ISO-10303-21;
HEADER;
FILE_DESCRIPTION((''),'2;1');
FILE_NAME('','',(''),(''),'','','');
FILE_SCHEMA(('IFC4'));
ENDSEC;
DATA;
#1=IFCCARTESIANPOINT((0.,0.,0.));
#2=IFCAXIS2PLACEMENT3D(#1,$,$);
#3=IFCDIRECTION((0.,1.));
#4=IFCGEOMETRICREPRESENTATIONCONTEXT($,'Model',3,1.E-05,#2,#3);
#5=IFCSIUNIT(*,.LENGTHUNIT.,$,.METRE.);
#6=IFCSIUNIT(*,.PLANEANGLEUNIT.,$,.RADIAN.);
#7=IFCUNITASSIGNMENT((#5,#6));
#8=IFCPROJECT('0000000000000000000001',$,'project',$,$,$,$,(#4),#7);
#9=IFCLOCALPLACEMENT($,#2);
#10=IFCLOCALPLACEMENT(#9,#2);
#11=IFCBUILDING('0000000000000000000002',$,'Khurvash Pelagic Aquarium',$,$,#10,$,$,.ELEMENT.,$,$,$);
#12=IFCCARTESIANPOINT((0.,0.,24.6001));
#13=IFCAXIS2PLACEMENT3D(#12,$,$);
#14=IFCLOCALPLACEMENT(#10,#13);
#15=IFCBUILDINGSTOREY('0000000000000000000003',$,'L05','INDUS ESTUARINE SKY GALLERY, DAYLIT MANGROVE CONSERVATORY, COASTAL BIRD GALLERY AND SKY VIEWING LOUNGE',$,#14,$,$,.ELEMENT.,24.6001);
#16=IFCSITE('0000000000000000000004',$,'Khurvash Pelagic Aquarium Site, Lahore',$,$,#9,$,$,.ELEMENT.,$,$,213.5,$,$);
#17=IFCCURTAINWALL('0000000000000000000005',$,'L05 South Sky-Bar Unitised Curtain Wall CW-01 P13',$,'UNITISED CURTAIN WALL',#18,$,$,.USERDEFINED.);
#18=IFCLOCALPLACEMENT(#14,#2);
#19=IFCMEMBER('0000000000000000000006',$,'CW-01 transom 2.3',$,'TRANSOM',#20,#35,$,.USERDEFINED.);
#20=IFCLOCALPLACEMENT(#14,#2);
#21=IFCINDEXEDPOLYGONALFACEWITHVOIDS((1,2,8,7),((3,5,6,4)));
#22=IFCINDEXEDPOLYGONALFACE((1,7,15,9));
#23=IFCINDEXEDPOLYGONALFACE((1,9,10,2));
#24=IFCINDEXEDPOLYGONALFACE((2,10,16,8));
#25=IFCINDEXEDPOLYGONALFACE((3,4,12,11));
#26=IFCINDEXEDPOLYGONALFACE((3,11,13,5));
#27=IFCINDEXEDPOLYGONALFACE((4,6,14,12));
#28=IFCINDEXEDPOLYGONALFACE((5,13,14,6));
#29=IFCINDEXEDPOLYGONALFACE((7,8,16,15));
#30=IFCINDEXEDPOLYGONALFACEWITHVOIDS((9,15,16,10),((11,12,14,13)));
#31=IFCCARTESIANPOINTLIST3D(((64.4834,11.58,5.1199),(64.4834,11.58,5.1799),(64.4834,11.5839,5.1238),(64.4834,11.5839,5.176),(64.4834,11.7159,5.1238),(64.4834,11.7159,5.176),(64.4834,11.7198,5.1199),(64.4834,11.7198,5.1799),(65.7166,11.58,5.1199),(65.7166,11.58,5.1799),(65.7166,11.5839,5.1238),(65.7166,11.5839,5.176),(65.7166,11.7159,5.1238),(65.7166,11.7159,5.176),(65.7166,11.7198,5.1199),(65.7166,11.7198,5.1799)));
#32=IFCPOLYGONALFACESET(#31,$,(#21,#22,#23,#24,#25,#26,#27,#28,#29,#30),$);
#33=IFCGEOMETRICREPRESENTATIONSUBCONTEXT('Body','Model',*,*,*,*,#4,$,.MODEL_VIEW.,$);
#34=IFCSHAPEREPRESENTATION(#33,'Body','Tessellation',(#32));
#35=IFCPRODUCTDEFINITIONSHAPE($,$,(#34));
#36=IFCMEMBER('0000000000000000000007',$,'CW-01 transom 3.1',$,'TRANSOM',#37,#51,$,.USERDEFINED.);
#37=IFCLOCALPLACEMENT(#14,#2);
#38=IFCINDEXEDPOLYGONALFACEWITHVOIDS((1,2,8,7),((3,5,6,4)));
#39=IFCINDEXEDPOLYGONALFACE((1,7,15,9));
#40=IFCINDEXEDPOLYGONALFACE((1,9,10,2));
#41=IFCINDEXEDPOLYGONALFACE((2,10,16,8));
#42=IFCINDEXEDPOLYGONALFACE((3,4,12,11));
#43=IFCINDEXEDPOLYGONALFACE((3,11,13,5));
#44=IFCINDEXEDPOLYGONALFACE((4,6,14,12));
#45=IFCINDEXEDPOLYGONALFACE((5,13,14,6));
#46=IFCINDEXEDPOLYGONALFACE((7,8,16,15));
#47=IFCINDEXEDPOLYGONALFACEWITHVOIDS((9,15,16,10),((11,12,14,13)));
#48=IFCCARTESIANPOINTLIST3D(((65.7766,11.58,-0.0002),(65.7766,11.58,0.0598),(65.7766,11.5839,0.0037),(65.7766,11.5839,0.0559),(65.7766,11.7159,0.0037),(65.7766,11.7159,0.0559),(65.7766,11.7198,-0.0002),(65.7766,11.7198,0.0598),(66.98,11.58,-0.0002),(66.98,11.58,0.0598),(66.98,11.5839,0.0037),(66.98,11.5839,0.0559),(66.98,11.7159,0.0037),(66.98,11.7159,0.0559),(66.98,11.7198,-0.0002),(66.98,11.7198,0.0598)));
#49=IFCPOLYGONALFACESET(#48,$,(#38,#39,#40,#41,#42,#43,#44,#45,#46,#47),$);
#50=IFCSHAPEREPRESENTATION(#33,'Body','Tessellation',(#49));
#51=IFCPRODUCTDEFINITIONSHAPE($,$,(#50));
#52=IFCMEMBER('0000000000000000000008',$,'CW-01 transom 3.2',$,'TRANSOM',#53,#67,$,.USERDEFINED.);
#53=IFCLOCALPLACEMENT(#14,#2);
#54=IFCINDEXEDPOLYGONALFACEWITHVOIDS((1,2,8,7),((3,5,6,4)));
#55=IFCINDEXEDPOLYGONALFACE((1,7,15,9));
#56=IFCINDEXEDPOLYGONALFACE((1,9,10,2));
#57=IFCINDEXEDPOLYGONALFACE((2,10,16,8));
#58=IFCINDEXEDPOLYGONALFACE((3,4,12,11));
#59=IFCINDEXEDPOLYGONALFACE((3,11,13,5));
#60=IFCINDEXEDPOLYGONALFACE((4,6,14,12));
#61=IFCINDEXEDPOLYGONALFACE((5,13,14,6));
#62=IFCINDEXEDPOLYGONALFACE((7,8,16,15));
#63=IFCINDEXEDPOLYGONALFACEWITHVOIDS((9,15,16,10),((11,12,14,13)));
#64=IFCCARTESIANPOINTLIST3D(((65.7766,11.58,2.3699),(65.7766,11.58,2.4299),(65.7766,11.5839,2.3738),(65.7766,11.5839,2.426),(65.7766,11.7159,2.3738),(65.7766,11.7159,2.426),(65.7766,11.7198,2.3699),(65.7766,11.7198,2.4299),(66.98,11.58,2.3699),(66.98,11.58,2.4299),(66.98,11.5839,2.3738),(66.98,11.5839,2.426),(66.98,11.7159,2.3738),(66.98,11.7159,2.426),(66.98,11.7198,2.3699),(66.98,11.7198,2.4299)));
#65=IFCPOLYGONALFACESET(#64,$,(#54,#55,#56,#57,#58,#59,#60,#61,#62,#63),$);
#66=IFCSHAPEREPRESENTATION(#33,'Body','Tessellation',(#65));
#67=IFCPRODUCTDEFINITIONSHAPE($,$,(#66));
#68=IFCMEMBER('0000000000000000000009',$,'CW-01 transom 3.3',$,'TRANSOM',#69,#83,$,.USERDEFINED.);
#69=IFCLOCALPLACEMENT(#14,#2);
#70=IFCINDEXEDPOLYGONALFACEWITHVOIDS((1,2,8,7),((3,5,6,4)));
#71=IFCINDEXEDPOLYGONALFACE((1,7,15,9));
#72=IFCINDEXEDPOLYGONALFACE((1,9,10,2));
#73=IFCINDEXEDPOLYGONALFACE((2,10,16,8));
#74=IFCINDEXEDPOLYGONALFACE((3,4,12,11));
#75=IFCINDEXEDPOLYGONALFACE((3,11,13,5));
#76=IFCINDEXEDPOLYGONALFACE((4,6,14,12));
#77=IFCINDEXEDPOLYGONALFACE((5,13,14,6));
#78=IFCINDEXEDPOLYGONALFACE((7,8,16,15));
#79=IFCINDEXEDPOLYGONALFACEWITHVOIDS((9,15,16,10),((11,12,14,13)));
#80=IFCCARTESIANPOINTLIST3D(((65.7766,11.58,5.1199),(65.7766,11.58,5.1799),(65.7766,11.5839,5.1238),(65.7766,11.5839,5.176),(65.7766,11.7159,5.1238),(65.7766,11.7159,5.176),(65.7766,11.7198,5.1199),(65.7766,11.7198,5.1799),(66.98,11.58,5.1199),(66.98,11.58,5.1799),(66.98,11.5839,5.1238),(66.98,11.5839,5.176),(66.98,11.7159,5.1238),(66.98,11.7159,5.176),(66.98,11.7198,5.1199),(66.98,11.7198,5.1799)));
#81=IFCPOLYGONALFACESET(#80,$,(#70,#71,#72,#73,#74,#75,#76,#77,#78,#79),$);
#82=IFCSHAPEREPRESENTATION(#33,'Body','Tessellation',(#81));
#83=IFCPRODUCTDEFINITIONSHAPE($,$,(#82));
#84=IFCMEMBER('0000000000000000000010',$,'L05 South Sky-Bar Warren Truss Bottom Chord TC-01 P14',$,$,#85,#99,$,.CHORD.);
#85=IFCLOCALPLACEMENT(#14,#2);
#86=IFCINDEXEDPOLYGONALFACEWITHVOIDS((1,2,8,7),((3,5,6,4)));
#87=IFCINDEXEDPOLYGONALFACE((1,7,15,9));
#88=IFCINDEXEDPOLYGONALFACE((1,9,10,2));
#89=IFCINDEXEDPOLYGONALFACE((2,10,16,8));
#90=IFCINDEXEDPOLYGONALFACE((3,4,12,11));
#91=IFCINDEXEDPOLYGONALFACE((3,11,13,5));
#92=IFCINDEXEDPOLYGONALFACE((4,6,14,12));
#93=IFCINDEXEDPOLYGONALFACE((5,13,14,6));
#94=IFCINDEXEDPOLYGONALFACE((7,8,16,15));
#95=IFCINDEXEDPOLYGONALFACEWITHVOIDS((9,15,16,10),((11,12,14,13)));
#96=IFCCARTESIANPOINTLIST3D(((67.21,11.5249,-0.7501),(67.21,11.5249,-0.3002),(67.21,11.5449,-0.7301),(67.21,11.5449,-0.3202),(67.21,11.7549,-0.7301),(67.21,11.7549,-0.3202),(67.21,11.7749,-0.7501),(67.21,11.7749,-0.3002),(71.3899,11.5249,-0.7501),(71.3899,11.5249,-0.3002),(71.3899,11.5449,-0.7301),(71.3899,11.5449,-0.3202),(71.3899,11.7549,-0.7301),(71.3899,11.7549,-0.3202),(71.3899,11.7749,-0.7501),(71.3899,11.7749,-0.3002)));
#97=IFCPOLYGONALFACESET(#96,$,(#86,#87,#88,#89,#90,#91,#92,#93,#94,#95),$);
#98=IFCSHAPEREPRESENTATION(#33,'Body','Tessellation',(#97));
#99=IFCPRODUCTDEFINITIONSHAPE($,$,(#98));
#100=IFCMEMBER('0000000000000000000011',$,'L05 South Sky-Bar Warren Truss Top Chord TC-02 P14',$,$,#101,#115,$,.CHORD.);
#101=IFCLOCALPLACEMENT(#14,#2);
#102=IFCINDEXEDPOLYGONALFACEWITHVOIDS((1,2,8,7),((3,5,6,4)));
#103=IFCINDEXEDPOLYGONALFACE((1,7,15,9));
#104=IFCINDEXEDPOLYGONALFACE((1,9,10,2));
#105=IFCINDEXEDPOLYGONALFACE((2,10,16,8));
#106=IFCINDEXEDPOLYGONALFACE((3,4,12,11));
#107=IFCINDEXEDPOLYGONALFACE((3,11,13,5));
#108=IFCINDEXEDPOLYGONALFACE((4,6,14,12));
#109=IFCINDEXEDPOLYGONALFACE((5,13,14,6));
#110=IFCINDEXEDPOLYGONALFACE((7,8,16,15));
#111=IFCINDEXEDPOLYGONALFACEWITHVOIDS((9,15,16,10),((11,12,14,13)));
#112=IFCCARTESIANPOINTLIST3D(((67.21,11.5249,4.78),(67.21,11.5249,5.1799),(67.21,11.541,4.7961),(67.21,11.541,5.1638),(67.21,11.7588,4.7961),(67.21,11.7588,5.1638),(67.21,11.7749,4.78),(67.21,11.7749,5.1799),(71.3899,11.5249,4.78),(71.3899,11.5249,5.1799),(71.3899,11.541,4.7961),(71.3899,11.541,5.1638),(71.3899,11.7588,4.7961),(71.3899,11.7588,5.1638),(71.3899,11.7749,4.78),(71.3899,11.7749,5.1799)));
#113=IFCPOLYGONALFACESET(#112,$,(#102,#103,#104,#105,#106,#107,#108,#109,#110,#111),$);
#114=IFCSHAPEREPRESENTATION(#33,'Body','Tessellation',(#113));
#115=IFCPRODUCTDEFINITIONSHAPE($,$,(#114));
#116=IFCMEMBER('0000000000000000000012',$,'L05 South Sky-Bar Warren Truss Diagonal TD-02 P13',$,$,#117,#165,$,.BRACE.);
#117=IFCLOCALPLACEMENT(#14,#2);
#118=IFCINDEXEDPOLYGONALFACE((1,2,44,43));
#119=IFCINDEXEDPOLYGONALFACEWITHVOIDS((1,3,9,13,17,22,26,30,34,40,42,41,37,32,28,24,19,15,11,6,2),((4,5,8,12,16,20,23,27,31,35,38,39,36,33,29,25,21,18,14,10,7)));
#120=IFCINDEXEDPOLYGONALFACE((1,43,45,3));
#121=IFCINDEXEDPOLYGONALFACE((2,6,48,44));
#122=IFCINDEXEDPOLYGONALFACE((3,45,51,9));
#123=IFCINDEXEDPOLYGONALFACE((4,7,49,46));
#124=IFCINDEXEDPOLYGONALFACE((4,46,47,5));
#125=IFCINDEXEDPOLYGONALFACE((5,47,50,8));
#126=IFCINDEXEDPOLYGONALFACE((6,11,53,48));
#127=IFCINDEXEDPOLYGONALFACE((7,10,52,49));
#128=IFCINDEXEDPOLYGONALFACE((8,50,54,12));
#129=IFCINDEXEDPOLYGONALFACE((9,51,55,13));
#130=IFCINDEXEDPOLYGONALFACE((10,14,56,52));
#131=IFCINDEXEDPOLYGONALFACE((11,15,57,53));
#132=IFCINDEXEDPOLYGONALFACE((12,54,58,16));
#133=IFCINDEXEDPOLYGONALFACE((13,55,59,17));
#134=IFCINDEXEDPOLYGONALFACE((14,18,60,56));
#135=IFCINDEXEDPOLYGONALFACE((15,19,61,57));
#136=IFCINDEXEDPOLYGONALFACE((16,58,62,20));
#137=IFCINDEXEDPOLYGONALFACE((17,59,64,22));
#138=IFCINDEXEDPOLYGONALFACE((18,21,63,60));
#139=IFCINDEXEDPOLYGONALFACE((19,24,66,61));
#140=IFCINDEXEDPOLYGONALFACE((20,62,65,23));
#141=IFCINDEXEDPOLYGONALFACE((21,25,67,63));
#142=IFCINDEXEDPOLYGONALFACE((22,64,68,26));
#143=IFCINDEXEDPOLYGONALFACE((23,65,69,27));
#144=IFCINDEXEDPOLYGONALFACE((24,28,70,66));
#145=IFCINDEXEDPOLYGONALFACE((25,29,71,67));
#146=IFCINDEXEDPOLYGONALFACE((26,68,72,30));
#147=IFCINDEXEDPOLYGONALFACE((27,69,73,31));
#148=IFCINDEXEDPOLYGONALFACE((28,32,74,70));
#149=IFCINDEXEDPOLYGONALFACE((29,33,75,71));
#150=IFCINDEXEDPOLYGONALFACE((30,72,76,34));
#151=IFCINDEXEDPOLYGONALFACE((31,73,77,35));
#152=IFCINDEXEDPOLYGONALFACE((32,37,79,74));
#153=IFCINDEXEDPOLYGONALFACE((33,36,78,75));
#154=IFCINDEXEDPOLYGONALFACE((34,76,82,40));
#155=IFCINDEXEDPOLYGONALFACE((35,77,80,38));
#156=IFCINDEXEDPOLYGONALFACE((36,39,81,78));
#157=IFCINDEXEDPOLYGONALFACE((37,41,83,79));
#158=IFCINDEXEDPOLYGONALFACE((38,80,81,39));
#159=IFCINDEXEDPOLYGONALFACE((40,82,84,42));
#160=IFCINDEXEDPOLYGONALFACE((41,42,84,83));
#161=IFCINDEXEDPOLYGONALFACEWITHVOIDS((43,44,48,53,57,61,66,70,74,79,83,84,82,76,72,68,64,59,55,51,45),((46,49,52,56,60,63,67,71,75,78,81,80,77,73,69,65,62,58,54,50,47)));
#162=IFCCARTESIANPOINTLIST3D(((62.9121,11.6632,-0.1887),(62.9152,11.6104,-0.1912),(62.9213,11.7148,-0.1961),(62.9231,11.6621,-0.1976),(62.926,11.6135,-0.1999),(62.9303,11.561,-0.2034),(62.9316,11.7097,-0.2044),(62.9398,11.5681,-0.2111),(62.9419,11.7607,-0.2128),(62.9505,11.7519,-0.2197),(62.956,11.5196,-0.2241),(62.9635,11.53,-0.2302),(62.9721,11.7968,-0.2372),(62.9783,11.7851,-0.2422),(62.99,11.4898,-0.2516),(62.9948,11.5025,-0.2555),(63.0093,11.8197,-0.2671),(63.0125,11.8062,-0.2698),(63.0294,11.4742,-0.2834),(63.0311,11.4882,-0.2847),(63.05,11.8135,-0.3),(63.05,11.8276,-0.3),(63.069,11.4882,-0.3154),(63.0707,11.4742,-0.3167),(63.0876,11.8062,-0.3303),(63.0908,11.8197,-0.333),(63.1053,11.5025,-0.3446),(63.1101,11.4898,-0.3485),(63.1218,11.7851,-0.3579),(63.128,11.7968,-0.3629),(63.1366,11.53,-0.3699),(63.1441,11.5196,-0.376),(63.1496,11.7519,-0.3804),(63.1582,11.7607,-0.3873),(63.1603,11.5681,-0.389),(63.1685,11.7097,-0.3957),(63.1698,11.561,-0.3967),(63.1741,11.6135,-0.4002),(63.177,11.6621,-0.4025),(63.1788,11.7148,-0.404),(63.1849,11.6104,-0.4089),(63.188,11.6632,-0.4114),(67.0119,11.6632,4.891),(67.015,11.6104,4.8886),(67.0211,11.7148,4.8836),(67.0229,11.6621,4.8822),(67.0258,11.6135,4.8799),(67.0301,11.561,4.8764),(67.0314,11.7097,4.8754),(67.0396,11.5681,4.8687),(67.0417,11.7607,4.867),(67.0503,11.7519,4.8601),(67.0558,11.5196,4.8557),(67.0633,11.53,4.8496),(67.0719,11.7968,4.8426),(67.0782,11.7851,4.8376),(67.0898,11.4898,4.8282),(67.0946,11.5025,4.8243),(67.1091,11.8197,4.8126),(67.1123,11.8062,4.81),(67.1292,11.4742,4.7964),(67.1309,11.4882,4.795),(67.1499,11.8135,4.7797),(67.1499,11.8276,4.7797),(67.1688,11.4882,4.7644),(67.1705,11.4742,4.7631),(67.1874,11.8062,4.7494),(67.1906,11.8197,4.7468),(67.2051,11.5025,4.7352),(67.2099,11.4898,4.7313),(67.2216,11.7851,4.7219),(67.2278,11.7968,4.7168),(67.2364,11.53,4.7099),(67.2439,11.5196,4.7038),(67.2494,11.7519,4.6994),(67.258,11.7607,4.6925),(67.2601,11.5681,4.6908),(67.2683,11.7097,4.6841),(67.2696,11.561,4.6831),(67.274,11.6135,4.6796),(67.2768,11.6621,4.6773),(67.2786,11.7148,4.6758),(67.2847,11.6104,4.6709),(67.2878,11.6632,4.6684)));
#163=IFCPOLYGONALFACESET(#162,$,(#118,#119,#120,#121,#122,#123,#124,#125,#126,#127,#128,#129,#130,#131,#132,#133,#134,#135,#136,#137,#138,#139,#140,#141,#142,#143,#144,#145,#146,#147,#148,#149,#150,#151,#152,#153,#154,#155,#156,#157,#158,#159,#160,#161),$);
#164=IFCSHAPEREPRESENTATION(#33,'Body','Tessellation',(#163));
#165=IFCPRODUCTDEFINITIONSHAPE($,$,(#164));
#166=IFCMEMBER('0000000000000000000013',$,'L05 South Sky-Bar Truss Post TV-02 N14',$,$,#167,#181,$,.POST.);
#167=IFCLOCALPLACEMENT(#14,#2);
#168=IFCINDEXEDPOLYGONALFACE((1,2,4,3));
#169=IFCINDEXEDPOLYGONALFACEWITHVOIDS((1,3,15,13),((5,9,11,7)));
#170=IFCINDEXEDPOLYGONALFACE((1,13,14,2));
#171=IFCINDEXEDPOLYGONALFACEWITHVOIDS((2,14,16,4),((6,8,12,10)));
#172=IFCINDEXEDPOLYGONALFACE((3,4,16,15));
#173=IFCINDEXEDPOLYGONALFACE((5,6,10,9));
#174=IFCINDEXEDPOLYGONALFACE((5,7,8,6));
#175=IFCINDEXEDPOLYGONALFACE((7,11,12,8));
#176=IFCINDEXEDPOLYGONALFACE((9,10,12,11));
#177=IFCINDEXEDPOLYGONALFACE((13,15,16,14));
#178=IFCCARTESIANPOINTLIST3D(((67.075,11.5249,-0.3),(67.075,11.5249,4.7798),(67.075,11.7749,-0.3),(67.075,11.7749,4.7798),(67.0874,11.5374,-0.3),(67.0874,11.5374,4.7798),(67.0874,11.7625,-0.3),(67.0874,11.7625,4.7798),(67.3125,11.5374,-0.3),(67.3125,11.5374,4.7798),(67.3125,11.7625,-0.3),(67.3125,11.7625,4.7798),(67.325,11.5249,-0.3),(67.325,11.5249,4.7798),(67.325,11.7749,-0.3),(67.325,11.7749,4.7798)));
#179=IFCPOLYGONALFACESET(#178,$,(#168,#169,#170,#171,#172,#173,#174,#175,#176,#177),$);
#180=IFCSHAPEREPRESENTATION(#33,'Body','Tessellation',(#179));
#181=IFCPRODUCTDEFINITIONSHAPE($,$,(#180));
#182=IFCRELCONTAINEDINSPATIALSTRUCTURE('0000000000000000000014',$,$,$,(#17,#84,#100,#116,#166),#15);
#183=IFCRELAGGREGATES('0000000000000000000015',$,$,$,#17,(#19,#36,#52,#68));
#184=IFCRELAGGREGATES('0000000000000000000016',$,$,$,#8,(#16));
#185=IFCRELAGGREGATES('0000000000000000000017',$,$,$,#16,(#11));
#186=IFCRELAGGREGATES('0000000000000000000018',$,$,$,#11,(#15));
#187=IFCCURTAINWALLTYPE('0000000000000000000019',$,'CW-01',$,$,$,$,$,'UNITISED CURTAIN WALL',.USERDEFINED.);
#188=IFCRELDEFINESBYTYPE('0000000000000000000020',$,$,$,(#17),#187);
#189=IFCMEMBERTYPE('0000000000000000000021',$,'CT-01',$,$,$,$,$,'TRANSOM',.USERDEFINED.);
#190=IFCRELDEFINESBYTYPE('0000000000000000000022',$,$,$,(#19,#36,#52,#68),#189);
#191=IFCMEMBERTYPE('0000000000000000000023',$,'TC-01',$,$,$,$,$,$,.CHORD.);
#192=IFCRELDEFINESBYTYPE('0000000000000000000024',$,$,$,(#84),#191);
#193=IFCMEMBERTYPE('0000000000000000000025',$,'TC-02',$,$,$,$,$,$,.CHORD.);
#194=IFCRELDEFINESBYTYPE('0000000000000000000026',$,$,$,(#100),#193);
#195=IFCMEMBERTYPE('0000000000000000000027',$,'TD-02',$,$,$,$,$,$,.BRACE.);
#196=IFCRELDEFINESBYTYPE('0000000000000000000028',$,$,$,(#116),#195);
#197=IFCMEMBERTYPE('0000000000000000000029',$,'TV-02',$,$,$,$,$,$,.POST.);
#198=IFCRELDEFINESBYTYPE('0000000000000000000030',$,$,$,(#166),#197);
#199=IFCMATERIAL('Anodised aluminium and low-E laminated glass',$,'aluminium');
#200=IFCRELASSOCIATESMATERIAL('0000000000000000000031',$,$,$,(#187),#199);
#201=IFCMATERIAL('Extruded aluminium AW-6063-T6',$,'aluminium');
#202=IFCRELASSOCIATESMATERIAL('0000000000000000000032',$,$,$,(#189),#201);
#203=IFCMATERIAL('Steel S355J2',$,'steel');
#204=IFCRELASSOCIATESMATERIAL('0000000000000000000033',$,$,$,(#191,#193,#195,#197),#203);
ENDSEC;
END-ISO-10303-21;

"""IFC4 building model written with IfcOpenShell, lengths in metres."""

from ifc_helpers import new_model, si_unit, direction, frame, origin, origin_2d, place, context, subcontext, project, spatial, hollow_rectangle, hollow_circle, extrude, material, material_profile, profile_set, type_object, element, aggregate, save


model = new_model("IFC4")

# Units and contexts
model_context = context("Model", 3, precision=1e-05, world=origin(), true_north=direction((0.0, 1.0)))
body_context = subcontext(model_context, "Body", "Model", "MODEL_VIEW")
ifc_project = project(units=[si_unit("LENGTHUNIT", "METRE"), si_unit("PLANEANGLEUNIT", "RADIAN")], contexts=[model_context])

# Site, building, storey
site_placement = place(None, origin())
site = spatial("IfcSite", under=ifc_project, at=site_placement, Name="Khurvash Pelagic Aquarium Site, Lahore", CompositionType="ELEMENT", RefElevation=213.5)
building_placement = place(site_placement, origin())
building = spatial("IfcBuilding", under=site, at=building_placement, Name="Khurvash Pelagic Aquarium", CompositionType="ELEMENT")
storey_placement = place(building_placement, frame((0.0, 0.0, 24.6001)))
storey = spatial("IfcBuildingStorey", under=building, at=storey_placement, Name="L05", Description="INDUS ESTUARINE SKY GALLERY, DAYLIT MANGROVE CONSERVATORY, COASTAL BIRD GALLERY AND SKY VIEWING LOUNGE", CompositionType="ELEMENT", Elevation=24.6001)

# Curtain wall, members
ifc_material_1 = material(Name="Anodised aluminium and low-E laminated glass", Category="aluminium")
curtain_wall_type = type_object("IfcCurtainWallType", Name="CW-01", ElementType="UNITISED CURTAIN WALL", PredefinedType="USERDEFINED", material=ifc_material_1)
curtain_wall_placement = place(storey_placement, origin())
curtain_wall = element("IfcCurtainWall", 1, at=curtain_wall_placement, inside=storey, type_object=curtain_wall_type, Name="L05 South Sky-Bar Unitised Curtain Wall CW-01 P13", ObjectType="UNITISED CURTAIN WALL", PredefinedType="USERDEFINED")
ifc_material_2 = material(Name="Extruded aluminium AW-6063-T6", Category="aluminium")
ifc_material_profile_1 = material_profile(ifc_material_2, hollow_rectangle(XDim=0.1399, YDim=0.0601, WallThickness=0.0039, at=origin_2d()), Name="CWT140X60X4")
ifc_profile_set_1 = profile_set([ifc_material_profile_1], Name="Extruded aluminium AW-6063-T6")
member_type_1 = type_object("IfcMemberType", Name="CT-01", ElementType="TRANSOM", PredefinedType="USERDEFINED", material=ifc_profile_set_1)
member_1_placement = place(storey_placement, frame((64.4834, 11.6499, 5.1499), z_axis=(1.0, 0.0, 0.0), x_axis=(0.0, 1.0, 0.0)))
member_1 = element("IfcMember", 2, at=member_1_placement, type_object=member_type_1, Name="CW-01 transom 2.3", ObjectType="TRANSOM", PredefinedType="USERDEFINED", context=body_context, shape_type="SweptSolid", body=[
    extrude(hollow_rectangle(XDim=0.1399, YDim=0.0601, WallThickness=0.0039, at=origin_2d()), origin(), (0.0, 0.0, 1.0), 1.2332),
])
member_2_placement = place(storey_placement, frame((65.7766, 11.6499, 0.0298), z_axis=(1.0, 0.0, 0.0), x_axis=(0.0, 1.0, 0.0)))
member_2 = element("IfcMember", 3, at=member_2_placement, type_object=member_type_1, Name="CW-01 transom 3.1", ObjectType="TRANSOM", PredefinedType="USERDEFINED", context=body_context, shape_type="SweptSolid", body=[
    extrude(hollow_rectangle(XDim=0.1399, YDim=0.0601, WallThickness=0.0039, at=origin_2d()), origin(), (0.0, 0.0, 1.0), 1.2034),
])
member_3_placement = place(storey_placement, frame((65.7766, 11.6499, 2.3999), z_axis=(1.0, 0.0, 0.0), x_axis=(0.0, 1.0, 0.0)))
member_3 = element("IfcMember", 4, at=member_3_placement, type_object=member_type_1, Name="CW-01 transom 3.2", ObjectType="TRANSOM", PredefinedType="USERDEFINED", context=body_context, shape_type="SweptSolid", body=[
    extrude(hollow_rectangle(XDim=0.1399, YDim=0.0601, WallThickness=0.0039, at=origin_2d()), origin(), (0.0, 0.0, 1.0), 1.2034),
])
member_4_placement = place(storey_placement, frame((65.7766, 11.6499, 5.1499), z_axis=(1.0, 0.0, 0.0), x_axis=(0.0, 1.0, 0.0)))
member_4 = element("IfcMember", 5, at=member_4_placement, type_object=member_type_1, Name="CW-01 transom 3.3", ObjectType="TRANSOM", PredefinedType="USERDEFINED", context=body_context, shape_type="SweptSolid", body=[
    extrude(hollow_rectangle(XDim=0.1399, YDim=0.0601, WallThickness=0.0039, at=origin_2d()), origin(), (0.0, 0.0, 1.0), 1.2034),
])

# Members
ifc_material_3 = material(Name="Steel S355J2", Category="steel")
ifc_material_profile_2 = material_profile(ifc_material_3, hollow_rectangle(XDim=0.25, YDim=0.45, WallThickness=0.02, at=origin_2d()), Name="RHS450X250X20")
ifc_profile_set_2 = profile_set([ifc_material_profile_2], Name="Steel S355J2")
member_type_2 = type_object("IfcMemberType", Name="TC-01", PredefinedType="CHORD", material=ifc_profile_set_2)
member_5_placement = place(storey_placement, frame((67.21, 11.6499, -0.5251), z_axis=(1.0, 0.0, 0.0), x_axis=(0.0, 1.0, 0.0)))
element("IfcMember", 6, at=member_5_placement, inside=storey, type_object=member_type_2, Name="L05 South Sky-Bar Warren Truss Bottom Chord TC-01 P14", PredefinedType="CHORD", context=body_context, shape_type="SweptSolid", body=[
    extrude(hollow_rectangle(XDim=0.25, YDim=0.45, WallThickness=0.02, at=origin_2d()), origin(), (0.0, 0.0, 1.0), 4.1799),
])
ifc_material_profile_3 = material_profile(ifc_material_3, hollow_rectangle(XDim=0.25, YDim=0.3999, WallThickness=0.0161, at=origin_2d()), Name="RHS400X250X16")
ifc_profile_set_3 = profile_set([ifc_material_profile_3], Name="Steel S355J2")
member_type_3 = type_object("IfcMemberType", Name="TC-02", PredefinedType="CHORD", material=ifc_profile_set_3)
member_6_placement = place(storey_placement, frame((67.21, 11.6499, 4.98), z_axis=(1.0, 0.0, 0.0), x_axis=(0.0, 1.0, 0.0)))
element("IfcMember", 7, at=member_6_placement, inside=storey, type_object=member_type_3, Name="L05 South Sky-Bar Warren Truss Top Chord TC-02 P14", PredefinedType="CHORD", context=body_context, shape_type="SweptSolid", body=[
    extrude(hollow_rectangle(XDim=0.25, YDim=0.3999, WallThickness=0.0161, at=origin_2d()), origin(), (0.0, 0.0, 1.0), 4.1799),
])
ifc_material_profile_4 = material_profile(ifc_material_3, hollow_circle(Radius=0.1777, WallThickness=0.0142, at=origin_2d()), Name="CHS355X14")
ifc_profile_set_4 = profile_set([ifc_material_profile_4], Name="Steel S355J2")
member_type_4 = type_object("IfcMemberType", Name="TD-02", PredefinedType="BRACE", material=ifc_profile_set_4)
member_7_placement = place(storey_placement, frame((63.05, 11.6499, -0.3), z_axis=(0.628051, 0.0, 0.778172), x_axis=(0.0, 1.0, 0.0)))
element("IfcMember", 8, at=member_7_placement, inside=storey, type_object=member_type_4, Name="L05 South Sky-Bar Warren Truss Diagonal TD-02 P13", PredefinedType="BRACE", context=body_context, shape_type="SweptSolid", body=[
    extrude(hollow_circle(Radius=0.1777, WallThickness=0.0142, at=origin_2d()), origin(), (0.0, 0.0, 1.0), 6.5278),
])
ifc_material_profile_5 = material_profile(ifc_material_3, hollow_rectangle(XDim=0.25, YDim=0.25, WallThickness=0.0125, at=origin_2d()), Name="SHS250X250X12")
ifc_profile_set_5 = profile_set([ifc_material_profile_5], Name="Steel S355J2")
member_type_5 = type_object("IfcMemberType", Name="TV-02", PredefinedType="POST", material=ifc_profile_set_5)
member_8_placement = place(storey_placement, frame((67.2, 11.6499, -0.3), z_axis=(0.0, 0.0, 1.0), x_axis=(1.0, 0.0, 0.0)))
element("IfcMember", 9, at=member_8_placement, inside=storey, type_object=member_type_5, Name="L05 South Sky-Bar Truss Post TV-02 N14", PredefinedType="POST", context=body_context, shape_type="SweptSolid", body=[
    extrude(hollow_rectangle(XDim=0.25, YDim=0.25, WallThickness=0.0125, at=origin_2d()), origin(), (0.0, 0.0, 1.0), 5.0798),
])

aggregate(curtain_wall, [member_1, member_2, member_3, member_4])

save(model, "model.ifc")
